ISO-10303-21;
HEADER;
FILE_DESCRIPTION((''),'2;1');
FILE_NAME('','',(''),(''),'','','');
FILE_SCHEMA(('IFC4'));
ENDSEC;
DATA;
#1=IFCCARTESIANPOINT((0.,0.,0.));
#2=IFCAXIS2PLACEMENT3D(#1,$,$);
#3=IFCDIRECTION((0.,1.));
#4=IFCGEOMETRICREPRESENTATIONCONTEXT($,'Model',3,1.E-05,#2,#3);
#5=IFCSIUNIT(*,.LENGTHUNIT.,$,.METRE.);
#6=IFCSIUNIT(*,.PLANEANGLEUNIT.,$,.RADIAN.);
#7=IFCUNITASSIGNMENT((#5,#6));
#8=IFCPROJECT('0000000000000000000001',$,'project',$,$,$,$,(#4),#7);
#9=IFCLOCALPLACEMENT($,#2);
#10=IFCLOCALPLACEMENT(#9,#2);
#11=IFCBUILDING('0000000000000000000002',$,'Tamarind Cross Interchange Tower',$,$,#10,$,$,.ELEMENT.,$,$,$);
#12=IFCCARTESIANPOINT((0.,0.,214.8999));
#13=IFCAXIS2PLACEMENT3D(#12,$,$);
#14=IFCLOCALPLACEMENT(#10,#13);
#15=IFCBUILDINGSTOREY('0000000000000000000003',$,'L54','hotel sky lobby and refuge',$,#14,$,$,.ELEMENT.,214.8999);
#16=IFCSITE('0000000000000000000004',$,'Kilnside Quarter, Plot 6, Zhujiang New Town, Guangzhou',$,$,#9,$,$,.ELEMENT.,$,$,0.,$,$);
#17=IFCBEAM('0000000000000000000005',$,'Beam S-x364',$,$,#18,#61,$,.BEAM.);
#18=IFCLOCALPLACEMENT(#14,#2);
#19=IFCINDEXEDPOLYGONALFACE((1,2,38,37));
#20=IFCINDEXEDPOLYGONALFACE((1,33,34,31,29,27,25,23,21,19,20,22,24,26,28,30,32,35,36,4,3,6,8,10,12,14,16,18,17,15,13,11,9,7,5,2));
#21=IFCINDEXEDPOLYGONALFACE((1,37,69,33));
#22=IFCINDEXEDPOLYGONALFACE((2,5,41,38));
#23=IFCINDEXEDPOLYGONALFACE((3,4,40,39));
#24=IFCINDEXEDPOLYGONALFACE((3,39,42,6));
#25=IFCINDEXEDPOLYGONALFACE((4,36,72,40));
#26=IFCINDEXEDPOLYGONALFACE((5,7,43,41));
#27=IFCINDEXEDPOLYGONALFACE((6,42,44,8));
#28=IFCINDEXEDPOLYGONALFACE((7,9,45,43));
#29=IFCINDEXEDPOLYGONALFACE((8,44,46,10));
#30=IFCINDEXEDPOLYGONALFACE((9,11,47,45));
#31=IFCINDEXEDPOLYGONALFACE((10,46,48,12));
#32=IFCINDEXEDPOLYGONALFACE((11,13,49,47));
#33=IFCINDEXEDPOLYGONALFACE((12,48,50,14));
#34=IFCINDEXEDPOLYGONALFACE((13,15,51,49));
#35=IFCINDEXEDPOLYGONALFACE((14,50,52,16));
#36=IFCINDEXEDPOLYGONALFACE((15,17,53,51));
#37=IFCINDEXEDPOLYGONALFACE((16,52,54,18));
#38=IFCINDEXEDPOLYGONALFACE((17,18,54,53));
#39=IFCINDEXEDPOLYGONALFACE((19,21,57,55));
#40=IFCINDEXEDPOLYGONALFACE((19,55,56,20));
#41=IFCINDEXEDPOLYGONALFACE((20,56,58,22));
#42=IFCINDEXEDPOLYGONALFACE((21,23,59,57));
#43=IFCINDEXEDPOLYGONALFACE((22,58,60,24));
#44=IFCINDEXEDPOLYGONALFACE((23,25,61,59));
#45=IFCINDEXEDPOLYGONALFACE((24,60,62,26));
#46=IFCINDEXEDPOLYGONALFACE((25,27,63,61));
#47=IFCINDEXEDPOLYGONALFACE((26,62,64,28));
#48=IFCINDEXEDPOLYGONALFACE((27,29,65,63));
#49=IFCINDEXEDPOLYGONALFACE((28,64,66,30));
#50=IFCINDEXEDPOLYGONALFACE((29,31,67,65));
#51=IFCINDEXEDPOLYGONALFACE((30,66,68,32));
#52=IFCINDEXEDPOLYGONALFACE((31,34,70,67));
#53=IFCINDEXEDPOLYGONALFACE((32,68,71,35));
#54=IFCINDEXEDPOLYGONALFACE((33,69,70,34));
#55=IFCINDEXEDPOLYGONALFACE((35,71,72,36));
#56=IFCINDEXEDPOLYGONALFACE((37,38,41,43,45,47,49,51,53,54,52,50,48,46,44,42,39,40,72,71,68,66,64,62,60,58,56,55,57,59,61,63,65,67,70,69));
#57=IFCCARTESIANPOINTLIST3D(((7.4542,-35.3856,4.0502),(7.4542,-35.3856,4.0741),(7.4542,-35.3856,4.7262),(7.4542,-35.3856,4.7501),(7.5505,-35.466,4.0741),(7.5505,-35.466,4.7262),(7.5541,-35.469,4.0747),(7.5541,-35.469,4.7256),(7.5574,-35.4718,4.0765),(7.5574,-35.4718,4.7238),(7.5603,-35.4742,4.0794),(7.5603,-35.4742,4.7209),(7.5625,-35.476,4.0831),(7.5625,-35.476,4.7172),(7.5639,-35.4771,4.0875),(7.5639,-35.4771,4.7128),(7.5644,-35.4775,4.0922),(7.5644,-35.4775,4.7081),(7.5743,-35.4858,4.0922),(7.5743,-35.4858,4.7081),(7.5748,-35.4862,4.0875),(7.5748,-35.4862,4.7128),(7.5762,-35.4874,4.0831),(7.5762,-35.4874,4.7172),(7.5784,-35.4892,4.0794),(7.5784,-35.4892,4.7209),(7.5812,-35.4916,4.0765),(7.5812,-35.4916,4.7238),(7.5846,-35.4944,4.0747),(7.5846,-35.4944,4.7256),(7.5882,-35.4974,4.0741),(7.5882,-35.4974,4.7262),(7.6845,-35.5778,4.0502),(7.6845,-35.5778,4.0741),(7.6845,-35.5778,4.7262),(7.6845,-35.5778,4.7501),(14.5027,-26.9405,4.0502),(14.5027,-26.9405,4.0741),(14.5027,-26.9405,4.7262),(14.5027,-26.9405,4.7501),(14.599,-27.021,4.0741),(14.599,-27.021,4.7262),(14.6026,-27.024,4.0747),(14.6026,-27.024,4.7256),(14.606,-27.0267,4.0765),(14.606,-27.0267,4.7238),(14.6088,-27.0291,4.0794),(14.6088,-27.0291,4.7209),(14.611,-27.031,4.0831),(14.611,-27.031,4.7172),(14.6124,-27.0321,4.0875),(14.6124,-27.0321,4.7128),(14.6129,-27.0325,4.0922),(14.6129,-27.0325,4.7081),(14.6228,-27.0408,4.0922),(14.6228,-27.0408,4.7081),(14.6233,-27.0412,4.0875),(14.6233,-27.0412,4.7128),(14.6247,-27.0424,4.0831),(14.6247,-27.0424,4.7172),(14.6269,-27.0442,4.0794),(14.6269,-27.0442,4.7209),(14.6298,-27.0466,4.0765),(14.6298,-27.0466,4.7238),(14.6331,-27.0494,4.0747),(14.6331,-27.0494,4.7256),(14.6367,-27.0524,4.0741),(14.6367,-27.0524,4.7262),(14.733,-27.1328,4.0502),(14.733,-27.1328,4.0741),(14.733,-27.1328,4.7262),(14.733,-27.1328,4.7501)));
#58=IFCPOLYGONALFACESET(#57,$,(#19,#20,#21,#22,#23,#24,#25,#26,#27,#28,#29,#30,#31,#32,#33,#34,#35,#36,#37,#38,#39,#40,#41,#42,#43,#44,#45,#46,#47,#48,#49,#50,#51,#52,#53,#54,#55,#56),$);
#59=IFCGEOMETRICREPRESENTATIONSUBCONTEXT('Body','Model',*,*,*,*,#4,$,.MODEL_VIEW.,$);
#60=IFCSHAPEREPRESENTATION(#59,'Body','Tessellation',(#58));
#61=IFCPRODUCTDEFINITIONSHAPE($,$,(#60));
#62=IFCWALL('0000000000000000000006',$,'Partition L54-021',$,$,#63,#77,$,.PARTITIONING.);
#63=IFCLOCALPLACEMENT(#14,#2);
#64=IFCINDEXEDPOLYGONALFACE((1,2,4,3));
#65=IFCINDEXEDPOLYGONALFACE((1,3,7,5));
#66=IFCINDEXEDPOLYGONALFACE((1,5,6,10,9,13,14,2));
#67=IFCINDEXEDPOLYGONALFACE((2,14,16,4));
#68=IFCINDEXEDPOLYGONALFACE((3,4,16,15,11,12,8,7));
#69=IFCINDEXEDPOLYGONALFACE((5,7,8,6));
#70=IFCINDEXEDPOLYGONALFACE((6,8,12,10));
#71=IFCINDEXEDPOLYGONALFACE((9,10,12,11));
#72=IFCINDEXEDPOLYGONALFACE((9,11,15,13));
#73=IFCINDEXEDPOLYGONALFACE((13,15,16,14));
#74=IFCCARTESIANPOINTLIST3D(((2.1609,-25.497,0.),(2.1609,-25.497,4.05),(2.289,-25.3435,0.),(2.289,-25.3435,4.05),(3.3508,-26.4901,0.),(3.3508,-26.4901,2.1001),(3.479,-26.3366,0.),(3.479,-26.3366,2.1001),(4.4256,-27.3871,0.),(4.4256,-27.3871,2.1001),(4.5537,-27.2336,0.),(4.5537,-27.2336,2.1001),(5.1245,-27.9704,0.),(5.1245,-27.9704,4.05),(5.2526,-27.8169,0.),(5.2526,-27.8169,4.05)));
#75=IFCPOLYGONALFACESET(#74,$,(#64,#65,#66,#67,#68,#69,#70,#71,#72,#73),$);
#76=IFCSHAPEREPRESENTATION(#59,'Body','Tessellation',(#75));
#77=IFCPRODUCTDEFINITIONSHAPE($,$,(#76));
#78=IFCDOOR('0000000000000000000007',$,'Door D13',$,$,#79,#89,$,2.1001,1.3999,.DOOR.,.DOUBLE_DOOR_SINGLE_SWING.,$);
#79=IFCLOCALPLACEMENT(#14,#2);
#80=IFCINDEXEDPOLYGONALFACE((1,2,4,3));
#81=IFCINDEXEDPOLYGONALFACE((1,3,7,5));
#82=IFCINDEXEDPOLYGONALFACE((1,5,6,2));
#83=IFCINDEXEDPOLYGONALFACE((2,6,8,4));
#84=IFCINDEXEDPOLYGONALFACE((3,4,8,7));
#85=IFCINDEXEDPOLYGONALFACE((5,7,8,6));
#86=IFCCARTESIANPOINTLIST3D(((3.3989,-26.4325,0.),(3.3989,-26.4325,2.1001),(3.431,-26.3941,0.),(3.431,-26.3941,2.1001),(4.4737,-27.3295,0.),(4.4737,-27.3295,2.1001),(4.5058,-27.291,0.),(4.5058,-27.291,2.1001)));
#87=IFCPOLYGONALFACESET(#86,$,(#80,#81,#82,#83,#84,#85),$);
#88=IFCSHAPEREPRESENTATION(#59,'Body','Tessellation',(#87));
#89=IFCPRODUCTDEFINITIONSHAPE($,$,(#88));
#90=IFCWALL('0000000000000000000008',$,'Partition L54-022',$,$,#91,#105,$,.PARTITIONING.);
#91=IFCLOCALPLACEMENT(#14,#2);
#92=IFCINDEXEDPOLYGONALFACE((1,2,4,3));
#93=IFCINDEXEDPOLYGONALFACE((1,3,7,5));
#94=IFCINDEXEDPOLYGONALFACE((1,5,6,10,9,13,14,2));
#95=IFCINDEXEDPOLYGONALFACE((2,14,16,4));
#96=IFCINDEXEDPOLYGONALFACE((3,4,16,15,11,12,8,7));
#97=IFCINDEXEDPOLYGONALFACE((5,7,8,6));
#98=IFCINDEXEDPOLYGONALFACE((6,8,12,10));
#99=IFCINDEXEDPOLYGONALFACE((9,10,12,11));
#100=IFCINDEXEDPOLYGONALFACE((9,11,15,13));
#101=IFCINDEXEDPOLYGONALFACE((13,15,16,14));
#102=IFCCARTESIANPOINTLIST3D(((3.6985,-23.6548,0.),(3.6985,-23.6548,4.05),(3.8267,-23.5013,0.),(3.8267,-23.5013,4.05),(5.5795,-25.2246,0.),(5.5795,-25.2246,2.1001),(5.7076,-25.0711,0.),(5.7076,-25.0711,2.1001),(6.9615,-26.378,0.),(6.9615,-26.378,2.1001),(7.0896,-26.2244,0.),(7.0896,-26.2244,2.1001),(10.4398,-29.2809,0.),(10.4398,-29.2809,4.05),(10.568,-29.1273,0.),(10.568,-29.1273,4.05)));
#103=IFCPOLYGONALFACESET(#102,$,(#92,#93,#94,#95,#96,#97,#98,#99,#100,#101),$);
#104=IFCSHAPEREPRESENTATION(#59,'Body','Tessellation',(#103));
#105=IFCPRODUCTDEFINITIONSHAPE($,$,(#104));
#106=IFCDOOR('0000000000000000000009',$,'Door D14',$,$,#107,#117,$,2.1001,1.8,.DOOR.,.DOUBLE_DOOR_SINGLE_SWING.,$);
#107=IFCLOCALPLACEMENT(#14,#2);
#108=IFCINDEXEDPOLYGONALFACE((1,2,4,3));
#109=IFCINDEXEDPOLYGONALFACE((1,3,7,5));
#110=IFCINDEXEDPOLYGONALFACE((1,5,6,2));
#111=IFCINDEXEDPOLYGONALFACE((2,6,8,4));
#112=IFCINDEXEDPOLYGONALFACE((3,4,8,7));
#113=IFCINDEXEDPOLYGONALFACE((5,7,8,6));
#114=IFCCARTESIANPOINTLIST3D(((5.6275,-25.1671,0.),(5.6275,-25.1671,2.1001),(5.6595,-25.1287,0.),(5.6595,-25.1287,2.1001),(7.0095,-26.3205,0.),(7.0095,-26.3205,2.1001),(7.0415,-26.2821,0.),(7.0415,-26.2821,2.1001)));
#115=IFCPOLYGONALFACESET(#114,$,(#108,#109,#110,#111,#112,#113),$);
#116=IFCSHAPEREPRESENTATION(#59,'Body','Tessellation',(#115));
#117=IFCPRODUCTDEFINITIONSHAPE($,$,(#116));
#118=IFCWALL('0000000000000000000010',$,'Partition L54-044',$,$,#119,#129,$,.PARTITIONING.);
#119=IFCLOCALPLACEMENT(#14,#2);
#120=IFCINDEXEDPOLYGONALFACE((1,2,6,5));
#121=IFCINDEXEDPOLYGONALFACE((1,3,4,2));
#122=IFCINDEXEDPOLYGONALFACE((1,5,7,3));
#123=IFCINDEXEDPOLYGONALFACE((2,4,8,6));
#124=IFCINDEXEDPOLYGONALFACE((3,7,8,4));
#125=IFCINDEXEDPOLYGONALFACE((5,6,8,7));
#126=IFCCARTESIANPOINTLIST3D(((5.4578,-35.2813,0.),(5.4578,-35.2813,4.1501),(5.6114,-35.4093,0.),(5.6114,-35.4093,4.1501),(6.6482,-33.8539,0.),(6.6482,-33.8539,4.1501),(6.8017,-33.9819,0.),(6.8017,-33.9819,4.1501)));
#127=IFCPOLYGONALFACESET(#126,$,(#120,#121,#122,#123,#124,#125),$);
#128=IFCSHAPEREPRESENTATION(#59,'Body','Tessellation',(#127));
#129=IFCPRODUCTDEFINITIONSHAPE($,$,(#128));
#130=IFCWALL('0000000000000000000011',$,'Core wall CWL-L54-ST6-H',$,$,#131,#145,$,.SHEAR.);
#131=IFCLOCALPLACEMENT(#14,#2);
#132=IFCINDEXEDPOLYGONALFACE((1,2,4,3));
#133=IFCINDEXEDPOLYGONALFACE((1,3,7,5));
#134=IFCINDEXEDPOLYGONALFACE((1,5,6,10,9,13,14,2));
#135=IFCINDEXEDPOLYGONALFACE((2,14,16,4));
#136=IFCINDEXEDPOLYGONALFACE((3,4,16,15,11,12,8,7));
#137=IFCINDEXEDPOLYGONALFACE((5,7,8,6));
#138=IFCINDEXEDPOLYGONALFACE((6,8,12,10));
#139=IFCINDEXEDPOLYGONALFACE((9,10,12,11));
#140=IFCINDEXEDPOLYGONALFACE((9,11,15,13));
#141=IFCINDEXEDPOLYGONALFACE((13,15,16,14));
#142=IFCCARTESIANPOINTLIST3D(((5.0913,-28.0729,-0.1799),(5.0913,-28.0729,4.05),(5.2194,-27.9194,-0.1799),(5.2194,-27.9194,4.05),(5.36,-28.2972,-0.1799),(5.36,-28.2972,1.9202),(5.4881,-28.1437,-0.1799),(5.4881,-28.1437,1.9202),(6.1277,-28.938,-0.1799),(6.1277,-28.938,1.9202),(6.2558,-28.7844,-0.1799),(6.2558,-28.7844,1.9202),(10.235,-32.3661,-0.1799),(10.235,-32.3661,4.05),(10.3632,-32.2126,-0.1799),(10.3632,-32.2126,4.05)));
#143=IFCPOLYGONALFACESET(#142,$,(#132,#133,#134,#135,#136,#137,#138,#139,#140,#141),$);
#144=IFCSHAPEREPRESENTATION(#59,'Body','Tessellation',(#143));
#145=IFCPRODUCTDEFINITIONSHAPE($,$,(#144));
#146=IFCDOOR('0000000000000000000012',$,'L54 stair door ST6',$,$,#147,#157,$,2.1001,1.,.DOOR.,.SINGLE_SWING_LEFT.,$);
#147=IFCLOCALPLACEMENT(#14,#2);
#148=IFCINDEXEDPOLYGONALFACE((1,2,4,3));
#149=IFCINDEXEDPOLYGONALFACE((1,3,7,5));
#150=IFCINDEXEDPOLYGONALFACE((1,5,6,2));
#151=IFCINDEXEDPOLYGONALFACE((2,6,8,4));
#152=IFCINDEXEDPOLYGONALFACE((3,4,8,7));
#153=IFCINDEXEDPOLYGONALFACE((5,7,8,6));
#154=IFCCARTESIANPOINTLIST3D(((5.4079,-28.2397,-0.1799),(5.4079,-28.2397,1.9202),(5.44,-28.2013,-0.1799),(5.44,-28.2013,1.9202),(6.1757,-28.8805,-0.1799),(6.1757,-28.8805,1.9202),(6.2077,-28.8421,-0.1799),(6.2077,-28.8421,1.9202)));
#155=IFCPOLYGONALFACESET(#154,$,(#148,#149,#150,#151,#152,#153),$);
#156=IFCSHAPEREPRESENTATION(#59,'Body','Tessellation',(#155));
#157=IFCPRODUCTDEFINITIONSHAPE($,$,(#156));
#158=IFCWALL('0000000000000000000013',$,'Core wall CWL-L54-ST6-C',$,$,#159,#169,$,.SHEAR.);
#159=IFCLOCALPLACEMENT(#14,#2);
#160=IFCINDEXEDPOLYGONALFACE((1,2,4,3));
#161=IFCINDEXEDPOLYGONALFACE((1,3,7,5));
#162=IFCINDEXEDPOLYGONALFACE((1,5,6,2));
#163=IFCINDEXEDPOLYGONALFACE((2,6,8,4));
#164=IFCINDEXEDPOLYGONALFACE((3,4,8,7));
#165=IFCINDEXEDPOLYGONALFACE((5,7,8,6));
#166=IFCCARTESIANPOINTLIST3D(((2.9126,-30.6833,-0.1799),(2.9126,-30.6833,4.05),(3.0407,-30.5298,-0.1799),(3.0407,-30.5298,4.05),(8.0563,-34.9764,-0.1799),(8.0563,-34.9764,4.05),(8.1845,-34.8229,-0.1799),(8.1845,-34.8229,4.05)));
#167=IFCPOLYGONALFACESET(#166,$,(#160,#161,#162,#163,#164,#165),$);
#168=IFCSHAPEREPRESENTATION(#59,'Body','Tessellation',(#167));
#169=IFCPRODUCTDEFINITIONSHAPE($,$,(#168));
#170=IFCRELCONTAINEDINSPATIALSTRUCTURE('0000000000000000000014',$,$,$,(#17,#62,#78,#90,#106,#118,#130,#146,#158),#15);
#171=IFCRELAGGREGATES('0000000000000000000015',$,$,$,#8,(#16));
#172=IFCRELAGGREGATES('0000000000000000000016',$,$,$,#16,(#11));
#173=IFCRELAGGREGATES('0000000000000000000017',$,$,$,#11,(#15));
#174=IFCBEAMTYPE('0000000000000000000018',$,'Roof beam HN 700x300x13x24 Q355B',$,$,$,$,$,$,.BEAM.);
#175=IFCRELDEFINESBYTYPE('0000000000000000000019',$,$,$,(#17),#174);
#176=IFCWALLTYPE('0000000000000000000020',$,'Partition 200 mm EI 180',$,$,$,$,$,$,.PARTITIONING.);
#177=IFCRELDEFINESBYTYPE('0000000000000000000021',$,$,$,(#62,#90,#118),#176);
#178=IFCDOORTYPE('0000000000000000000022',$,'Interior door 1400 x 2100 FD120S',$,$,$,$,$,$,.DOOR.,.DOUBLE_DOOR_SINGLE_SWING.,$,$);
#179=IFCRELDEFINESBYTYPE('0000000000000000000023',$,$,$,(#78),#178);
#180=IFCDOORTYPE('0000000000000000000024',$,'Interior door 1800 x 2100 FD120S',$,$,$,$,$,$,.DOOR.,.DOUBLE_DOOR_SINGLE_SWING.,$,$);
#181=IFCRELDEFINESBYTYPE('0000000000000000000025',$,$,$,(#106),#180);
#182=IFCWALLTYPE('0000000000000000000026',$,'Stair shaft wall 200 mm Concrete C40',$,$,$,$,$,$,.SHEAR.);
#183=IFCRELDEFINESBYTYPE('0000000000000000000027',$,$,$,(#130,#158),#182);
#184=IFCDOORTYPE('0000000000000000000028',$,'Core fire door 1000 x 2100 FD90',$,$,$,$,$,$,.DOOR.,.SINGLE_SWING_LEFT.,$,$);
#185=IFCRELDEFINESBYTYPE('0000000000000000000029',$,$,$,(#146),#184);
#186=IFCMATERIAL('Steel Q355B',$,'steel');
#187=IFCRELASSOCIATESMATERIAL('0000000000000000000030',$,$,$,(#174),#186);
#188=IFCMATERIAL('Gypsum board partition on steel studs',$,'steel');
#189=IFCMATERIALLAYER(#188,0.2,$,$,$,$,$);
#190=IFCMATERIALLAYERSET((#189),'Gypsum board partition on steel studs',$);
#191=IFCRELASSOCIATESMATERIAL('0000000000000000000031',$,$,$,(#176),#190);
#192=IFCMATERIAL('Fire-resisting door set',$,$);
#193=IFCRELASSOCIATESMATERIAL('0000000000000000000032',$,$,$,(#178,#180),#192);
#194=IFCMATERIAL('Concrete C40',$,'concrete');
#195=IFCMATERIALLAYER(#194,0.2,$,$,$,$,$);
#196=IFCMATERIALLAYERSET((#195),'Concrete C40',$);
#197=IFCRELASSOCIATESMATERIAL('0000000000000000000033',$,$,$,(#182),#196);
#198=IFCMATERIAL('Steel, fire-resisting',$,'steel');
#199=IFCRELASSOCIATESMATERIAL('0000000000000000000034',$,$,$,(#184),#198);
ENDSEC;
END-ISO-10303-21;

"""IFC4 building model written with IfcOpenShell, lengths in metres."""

from ifc_helpers import new_model, si_unit, direction, frame, frame_2d, origin, origin_2d, place, context, subcontext, project, spatial, rectangle, i_section, extrude, material, layer, layer_set, material_profile, profile_set, type_object, element, fill, save


model = new_model("IFC4")

# Units and contexts
model_context = context("Model", 3, precision=1e-05, world=origin(), true_north=direction((0.0, 1.0)))
body_context = subcontext(model_context, "Body", "Model", "MODEL_VIEW")
ifc_project = project(units=[si_unit("LENGTHUNIT", "METRE"), si_unit("PLANEANGLEUNIT", "RADIAN")], contexts=[model_context])

# Site, building, storey
site_placement = place(None, origin())
site = spatial("IfcSite", under=ifc_project, at=site_placement, Name="Kilnside Quarter, Plot 6, Zhujiang New Town, Guangzhou", CompositionType="ELEMENT", RefElevation=0.0)
building_placement = place(site_placement, origin())
building = spatial("IfcBuilding", under=site, at=building_placement, Name="Tamarind Cross Interchange Tower", CompositionType="ELEMENT")
storey_placement = place(building_placement, frame((0.0, 0.0, 214.8999)))
storey = spatial("IfcBuildingStorey", under=building, at=storey_placement, Name="L54", Description="hotel sky lobby and refuge", CompositionType="ELEMENT", Elevation=214.8999)

# Beam
ifc_material_1 = material(Name="Steel Q355B", Category="steel")
ifc_material_profile_1 = material_profile(ifc_material_1, i_section(OverallWidth=0.3, OverallDepth=0.7, WebThickness=0.0129, FlangeThickness=0.0239, FilletRadius=0.0181, at=origin_2d()), Name="HN 700x300x13x24")
ifc_profile_set_1 = profile_set([ifc_material_profile_1], Name="Steel Q355B")
beam_type_1 = type_object("IfcBeamType", Name="Roof beam HN 700x300x13x24 Q355B", PredefinedType="BEAM", material=ifc_profile_set_1)
beam_1_placement = place(storey_placement, frame((7.5693, -35.4817, 4.4001), z_axis=(0.640776, 0.767728, 0.0), x_axis=(-0.767728, 0.640776, 0.0)))
element("IfcBeam", 1, at=beam_1_placement, inside=storey, type_object=beam_type_1, Name="Beam S-x364", PredefinedType="BEAM", context=body_context, shape_type="SweptSolid", body=[
    extrude(i_section(OverallWidth=0.3, OverallDepth=0.7, WebThickness=0.0129, FlangeThickness=0.0239, FilletRadius=0.0181, at=origin_2d()), origin(), (0.0, 0.0, 1.0), 11.0),
])

# Walls, openings, doors
ifc_material_2 = material(Name="Gypsum board partition on steel studs", Category="steel")
ifc_layer_1 = layer(ifc_material_2, 0.2)
ifc_layer_set_1 = layer_set([ifc_layer_1], Name="Gypsum board partition on steel studs")
wall_type_1 = type_object("IfcWallType", Name="Partition 200 mm EI 180", PredefinedType="PARTITIONING", material=ifc_layer_set_1)
wall_1_placement = place(storey_placement, frame((2.2249, -25.4202, 0.0), z_axis=(0.0, 0.0, 1.0), x_axis=(0.767749, -0.64075, 0.0)))
wall_1 = element("IfcWall", 2, at=wall_1_placement, inside=storey, type_object=wall_type_1, Name="Partition L54-021", PredefinedType="PARTITIONING", context=body_context, shape_type="SweptSolid", body=[
    extrude(rectangle(XDim=3.8601, YDim=0.2, at=frame_2d((1.9302, 0.0))), origin(), (0.0, 0.0, 1.0), 4.05),
])
opening_1_placement = place(wall_1_placement, frame((1.55, 0.0, 0.0)))
opening_1 = element("IfcOpeningElement", 3, at=opening_1_placement, cuts=wall_1, PredefinedType="OPENING", context=body_context, shape_type="SweptSolid", body=[
    extrude(rectangle(XDim=1.3999, YDim=2.1001, at=frame_2d((0.7, 1.05))), frame((0.0, 0.1099, 0.0), z_axis=(0.0, -1.0, 0.0), x_axis=(1.0, 0.0, 0.0)), (0.0, 0.0, 1.0), 0.22),
])
ifc_material_3 = material(Name="Fire-resisting door set")
door_type_1 = type_object("IfcDoorType", Name="Interior door 1400 x 2100 FD120S", OperationType="DOUBLE_DOOR_SINGLE_SWING", PredefinedType="DOOR", material=ifc_material_3)
door_1_placement = place(opening_1_placement, frame((1.3999, 0.0, 0.0), z_axis=(0.0, 0.0, 1.0), x_axis=(-1.0, 0.0, 0.0)))
door_1 = element("IfcDoor", 4, at=door_1_placement, inside=storey, type_object=door_type_1, Name="Door D13", OperationType="DOUBLE_DOOR_SINGLE_SWING", OverallHeight=2.1001, OverallWidth=1.3999, PredefinedType="DOOR", context=body_context, shape_type="SweptSolid", body=[
    extrude(rectangle(XDim=1.3999, YDim=2.1001, at=frame_2d((0.7, 1.05))), frame((0.0, 0.0249, 0.0), z_axis=(0.0, -1.0, 0.0), x_axis=(1.0, 0.0, 0.0)), (0.0, 0.0, 1.0), 0.05),
])
fill(opening_1, door_1)
wall_2_placement = place(storey_placement, frame((3.7627, -23.5781, 0.0), z_axis=(0.0, 0.0, 1.0), x_axis=(0.767756, -0.640742, 0.0)))
wall_2 = element("IfcWall", 5, at=wall_2_placement, inside=storey, type_object=wall_type_1, Name="Partition L54-022", PredefinedType="PARTITIONING", context=body_context, shape_type="SweptSolid", body=[
    extrude(rectangle(XDim=8.7805, YDim=0.2, at=frame_2d((4.3901, 0.0))), origin(), (0.0, 0.0, 1.0), 4.05),
])
opening_2_placement = place(wall_2_placement, frame((2.45, 0.0, 0.0)))
opening_2 = element("IfcOpeningElement", 6, at=opening_2_placement, cuts=wall_2, PredefinedType="OPENING", context=body_context, shape_type="SweptSolid", body=[
    extrude(rectangle(XDim=1.8, YDim=2.1001, at=frame_2d((0.8999, 1.05))), frame((0.0, 0.1099, 0.0), z_axis=(0.0, -1.0, 0.0), x_axis=(1.0, 0.0, 0.0)), (0.0, 0.0, 1.0), 0.22),
])
door_type_2 = type_object("IfcDoorType", Name="Interior door 1800 x 2100 FD120S", OperationType="DOUBLE_DOOR_SINGLE_SWING", PredefinedType="DOOR", material=ifc_material_3)
door_2_placement = place(opening_2_placement, origin())
door_2 = element("IfcDoor", 7, at=door_2_placement, inside=storey, type_object=door_type_2, Name="Door D14", OperationType="DOUBLE_DOOR_SINGLE_SWING", OverallHeight=2.1001, OverallWidth=1.8, PredefinedType="DOOR", context=body_context, shape_type="SweptSolid", body=[
    extrude(rectangle(XDim=1.8, YDim=2.1001, at=frame_2d((0.8999, 1.05))), frame((0.0, 0.0249, 0.0), z_axis=(0.0, -1.0, 0.0), x_axis=(1.0, 0.0, 0.0)), (0.0, 0.0, 1.0), 0.05),
])
fill(opening_2, door_2)

# Wall
wall_3_placement = place(storey_placement, frame((5.5347, -35.3452, 0.0), z_axis=(0.0, 0.0, 1.0), x_axis=(0.640456, 0.767995, 0.0)))
element("IfcWall", 8, at=wall_3_placement, inside=storey, type_object=wall_type_1, Name="Partition L54-044", PredefinedType="PARTITIONING", context=body_context, shape_type="SweptSolid", body=[
    extrude(rectangle(XDim=1.8586, YDim=0.2, at=frame_2d((0.9292, 0.0))), origin(), (0.0, 0.0, 1.0), 4.1501),
])

# Wall, opening, door
ifc_material_4 = material(Name="Concrete C40", Category="concrete")
ifc_layer_2 = layer(ifc_material_4, 0.2)
ifc_layer_set_2 = layer_set([ifc_layer_2], Name="Concrete C40")
wall_type_2 = type_object("IfcWallType", Name="Stair shaft wall 200 mm Concrete C40", PredefinedType="SHEAR", material=ifc_layer_set_2)
wall_4_placement = place(storey_placement, frame((5.1553, -27.9961, -0.1799), z_axis=(0.0, 0.0, 1.0), x_axis=(0.767728, -0.640776, 0.0)))
wall_4 = element("IfcWall", 9, at=wall_4_placement, inside=storey, type_object=wall_type_2, Name="Core wall CWL-L54-ST6-H", PredefinedType="SHEAR", context=body_context, shape_type="SweptSolid", body=[
    extrude(rectangle(XDim=6.7, YDim=0.2, at=frame_2d((3.3501, 0.0))), origin(), (0.0, 0.0, 1.0), 4.23),
])
opening_3_placement = place(wall_4_placement, frame((0.3501, 0.0, 0.0)))
opening_3 = element("IfcOpeningElement", 10, at=opening_3_placement, cuts=wall_4, PredefinedType="OPENING", context=body_context, shape_type="SweptSolid", body=[
    extrude(rectangle(XDim=1.0, YDim=2.1001, at=frame_2d((0.5, 1.05))), frame((0.0, 0.1099, 0.0), z_axis=(0.0, -1.0, 0.0), x_axis=(1.0, 0.0, 0.0)), (0.0, 0.0, 1.0), 0.22),
])
ifc_material_5 = material(Name="Steel, fire-resisting", Category="steel")
door_type_3 = type_object("IfcDoorType", Name="Core fire door 1000 x 2100 FD90", OperationType="SINGLE_SWING_LEFT", PredefinedType="DOOR", material=ifc_material_5)
door_3_placement = place(opening_3_placement, origin())
door_3 = element("IfcDoor", 11, at=door_3_placement, inside=storey, type_object=door_type_3, Name="L54 stair door ST6", OperationType="SINGLE_SWING_LEFT", OverallHeight=2.1001, OverallWidth=1.0, PredefinedType="DOOR", context=body_context, shape_type="SweptSolid", body=[
    extrude(rectangle(XDim=1.0, YDim=2.1001, at=frame_2d((0.5, 1.05))), frame((0.0, 0.0249, 0.0), z_axis=(0.0, -1.0, 0.0), x_axis=(1.0, 0.0, 0.0)), (0.0, 0.0, 1.0), 0.05),
])
fill(opening_3, door_3)

# Wall
wall_5_placement = place(storey_placement, frame((2.9766, -30.6064, -0.1799), z_axis=(0.0, 0.0, 1.0), x_axis=(0.767728, -0.640776, 0.0)))
element("IfcWall", 12, at=wall_5_placement, inside=storey, type_object=wall_type_2, Name="Core wall CWL-L54-ST6-C", PredefinedType="SHEAR", context=body_context, shape_type="SweptSolid", body=[
    extrude(rectangle(XDim=6.7, YDim=0.2, at=frame_2d((3.3501, 0.0))), origin(), (0.0, 0.0, 1.0), 4.23),
])

save(model, "model.ifc")
